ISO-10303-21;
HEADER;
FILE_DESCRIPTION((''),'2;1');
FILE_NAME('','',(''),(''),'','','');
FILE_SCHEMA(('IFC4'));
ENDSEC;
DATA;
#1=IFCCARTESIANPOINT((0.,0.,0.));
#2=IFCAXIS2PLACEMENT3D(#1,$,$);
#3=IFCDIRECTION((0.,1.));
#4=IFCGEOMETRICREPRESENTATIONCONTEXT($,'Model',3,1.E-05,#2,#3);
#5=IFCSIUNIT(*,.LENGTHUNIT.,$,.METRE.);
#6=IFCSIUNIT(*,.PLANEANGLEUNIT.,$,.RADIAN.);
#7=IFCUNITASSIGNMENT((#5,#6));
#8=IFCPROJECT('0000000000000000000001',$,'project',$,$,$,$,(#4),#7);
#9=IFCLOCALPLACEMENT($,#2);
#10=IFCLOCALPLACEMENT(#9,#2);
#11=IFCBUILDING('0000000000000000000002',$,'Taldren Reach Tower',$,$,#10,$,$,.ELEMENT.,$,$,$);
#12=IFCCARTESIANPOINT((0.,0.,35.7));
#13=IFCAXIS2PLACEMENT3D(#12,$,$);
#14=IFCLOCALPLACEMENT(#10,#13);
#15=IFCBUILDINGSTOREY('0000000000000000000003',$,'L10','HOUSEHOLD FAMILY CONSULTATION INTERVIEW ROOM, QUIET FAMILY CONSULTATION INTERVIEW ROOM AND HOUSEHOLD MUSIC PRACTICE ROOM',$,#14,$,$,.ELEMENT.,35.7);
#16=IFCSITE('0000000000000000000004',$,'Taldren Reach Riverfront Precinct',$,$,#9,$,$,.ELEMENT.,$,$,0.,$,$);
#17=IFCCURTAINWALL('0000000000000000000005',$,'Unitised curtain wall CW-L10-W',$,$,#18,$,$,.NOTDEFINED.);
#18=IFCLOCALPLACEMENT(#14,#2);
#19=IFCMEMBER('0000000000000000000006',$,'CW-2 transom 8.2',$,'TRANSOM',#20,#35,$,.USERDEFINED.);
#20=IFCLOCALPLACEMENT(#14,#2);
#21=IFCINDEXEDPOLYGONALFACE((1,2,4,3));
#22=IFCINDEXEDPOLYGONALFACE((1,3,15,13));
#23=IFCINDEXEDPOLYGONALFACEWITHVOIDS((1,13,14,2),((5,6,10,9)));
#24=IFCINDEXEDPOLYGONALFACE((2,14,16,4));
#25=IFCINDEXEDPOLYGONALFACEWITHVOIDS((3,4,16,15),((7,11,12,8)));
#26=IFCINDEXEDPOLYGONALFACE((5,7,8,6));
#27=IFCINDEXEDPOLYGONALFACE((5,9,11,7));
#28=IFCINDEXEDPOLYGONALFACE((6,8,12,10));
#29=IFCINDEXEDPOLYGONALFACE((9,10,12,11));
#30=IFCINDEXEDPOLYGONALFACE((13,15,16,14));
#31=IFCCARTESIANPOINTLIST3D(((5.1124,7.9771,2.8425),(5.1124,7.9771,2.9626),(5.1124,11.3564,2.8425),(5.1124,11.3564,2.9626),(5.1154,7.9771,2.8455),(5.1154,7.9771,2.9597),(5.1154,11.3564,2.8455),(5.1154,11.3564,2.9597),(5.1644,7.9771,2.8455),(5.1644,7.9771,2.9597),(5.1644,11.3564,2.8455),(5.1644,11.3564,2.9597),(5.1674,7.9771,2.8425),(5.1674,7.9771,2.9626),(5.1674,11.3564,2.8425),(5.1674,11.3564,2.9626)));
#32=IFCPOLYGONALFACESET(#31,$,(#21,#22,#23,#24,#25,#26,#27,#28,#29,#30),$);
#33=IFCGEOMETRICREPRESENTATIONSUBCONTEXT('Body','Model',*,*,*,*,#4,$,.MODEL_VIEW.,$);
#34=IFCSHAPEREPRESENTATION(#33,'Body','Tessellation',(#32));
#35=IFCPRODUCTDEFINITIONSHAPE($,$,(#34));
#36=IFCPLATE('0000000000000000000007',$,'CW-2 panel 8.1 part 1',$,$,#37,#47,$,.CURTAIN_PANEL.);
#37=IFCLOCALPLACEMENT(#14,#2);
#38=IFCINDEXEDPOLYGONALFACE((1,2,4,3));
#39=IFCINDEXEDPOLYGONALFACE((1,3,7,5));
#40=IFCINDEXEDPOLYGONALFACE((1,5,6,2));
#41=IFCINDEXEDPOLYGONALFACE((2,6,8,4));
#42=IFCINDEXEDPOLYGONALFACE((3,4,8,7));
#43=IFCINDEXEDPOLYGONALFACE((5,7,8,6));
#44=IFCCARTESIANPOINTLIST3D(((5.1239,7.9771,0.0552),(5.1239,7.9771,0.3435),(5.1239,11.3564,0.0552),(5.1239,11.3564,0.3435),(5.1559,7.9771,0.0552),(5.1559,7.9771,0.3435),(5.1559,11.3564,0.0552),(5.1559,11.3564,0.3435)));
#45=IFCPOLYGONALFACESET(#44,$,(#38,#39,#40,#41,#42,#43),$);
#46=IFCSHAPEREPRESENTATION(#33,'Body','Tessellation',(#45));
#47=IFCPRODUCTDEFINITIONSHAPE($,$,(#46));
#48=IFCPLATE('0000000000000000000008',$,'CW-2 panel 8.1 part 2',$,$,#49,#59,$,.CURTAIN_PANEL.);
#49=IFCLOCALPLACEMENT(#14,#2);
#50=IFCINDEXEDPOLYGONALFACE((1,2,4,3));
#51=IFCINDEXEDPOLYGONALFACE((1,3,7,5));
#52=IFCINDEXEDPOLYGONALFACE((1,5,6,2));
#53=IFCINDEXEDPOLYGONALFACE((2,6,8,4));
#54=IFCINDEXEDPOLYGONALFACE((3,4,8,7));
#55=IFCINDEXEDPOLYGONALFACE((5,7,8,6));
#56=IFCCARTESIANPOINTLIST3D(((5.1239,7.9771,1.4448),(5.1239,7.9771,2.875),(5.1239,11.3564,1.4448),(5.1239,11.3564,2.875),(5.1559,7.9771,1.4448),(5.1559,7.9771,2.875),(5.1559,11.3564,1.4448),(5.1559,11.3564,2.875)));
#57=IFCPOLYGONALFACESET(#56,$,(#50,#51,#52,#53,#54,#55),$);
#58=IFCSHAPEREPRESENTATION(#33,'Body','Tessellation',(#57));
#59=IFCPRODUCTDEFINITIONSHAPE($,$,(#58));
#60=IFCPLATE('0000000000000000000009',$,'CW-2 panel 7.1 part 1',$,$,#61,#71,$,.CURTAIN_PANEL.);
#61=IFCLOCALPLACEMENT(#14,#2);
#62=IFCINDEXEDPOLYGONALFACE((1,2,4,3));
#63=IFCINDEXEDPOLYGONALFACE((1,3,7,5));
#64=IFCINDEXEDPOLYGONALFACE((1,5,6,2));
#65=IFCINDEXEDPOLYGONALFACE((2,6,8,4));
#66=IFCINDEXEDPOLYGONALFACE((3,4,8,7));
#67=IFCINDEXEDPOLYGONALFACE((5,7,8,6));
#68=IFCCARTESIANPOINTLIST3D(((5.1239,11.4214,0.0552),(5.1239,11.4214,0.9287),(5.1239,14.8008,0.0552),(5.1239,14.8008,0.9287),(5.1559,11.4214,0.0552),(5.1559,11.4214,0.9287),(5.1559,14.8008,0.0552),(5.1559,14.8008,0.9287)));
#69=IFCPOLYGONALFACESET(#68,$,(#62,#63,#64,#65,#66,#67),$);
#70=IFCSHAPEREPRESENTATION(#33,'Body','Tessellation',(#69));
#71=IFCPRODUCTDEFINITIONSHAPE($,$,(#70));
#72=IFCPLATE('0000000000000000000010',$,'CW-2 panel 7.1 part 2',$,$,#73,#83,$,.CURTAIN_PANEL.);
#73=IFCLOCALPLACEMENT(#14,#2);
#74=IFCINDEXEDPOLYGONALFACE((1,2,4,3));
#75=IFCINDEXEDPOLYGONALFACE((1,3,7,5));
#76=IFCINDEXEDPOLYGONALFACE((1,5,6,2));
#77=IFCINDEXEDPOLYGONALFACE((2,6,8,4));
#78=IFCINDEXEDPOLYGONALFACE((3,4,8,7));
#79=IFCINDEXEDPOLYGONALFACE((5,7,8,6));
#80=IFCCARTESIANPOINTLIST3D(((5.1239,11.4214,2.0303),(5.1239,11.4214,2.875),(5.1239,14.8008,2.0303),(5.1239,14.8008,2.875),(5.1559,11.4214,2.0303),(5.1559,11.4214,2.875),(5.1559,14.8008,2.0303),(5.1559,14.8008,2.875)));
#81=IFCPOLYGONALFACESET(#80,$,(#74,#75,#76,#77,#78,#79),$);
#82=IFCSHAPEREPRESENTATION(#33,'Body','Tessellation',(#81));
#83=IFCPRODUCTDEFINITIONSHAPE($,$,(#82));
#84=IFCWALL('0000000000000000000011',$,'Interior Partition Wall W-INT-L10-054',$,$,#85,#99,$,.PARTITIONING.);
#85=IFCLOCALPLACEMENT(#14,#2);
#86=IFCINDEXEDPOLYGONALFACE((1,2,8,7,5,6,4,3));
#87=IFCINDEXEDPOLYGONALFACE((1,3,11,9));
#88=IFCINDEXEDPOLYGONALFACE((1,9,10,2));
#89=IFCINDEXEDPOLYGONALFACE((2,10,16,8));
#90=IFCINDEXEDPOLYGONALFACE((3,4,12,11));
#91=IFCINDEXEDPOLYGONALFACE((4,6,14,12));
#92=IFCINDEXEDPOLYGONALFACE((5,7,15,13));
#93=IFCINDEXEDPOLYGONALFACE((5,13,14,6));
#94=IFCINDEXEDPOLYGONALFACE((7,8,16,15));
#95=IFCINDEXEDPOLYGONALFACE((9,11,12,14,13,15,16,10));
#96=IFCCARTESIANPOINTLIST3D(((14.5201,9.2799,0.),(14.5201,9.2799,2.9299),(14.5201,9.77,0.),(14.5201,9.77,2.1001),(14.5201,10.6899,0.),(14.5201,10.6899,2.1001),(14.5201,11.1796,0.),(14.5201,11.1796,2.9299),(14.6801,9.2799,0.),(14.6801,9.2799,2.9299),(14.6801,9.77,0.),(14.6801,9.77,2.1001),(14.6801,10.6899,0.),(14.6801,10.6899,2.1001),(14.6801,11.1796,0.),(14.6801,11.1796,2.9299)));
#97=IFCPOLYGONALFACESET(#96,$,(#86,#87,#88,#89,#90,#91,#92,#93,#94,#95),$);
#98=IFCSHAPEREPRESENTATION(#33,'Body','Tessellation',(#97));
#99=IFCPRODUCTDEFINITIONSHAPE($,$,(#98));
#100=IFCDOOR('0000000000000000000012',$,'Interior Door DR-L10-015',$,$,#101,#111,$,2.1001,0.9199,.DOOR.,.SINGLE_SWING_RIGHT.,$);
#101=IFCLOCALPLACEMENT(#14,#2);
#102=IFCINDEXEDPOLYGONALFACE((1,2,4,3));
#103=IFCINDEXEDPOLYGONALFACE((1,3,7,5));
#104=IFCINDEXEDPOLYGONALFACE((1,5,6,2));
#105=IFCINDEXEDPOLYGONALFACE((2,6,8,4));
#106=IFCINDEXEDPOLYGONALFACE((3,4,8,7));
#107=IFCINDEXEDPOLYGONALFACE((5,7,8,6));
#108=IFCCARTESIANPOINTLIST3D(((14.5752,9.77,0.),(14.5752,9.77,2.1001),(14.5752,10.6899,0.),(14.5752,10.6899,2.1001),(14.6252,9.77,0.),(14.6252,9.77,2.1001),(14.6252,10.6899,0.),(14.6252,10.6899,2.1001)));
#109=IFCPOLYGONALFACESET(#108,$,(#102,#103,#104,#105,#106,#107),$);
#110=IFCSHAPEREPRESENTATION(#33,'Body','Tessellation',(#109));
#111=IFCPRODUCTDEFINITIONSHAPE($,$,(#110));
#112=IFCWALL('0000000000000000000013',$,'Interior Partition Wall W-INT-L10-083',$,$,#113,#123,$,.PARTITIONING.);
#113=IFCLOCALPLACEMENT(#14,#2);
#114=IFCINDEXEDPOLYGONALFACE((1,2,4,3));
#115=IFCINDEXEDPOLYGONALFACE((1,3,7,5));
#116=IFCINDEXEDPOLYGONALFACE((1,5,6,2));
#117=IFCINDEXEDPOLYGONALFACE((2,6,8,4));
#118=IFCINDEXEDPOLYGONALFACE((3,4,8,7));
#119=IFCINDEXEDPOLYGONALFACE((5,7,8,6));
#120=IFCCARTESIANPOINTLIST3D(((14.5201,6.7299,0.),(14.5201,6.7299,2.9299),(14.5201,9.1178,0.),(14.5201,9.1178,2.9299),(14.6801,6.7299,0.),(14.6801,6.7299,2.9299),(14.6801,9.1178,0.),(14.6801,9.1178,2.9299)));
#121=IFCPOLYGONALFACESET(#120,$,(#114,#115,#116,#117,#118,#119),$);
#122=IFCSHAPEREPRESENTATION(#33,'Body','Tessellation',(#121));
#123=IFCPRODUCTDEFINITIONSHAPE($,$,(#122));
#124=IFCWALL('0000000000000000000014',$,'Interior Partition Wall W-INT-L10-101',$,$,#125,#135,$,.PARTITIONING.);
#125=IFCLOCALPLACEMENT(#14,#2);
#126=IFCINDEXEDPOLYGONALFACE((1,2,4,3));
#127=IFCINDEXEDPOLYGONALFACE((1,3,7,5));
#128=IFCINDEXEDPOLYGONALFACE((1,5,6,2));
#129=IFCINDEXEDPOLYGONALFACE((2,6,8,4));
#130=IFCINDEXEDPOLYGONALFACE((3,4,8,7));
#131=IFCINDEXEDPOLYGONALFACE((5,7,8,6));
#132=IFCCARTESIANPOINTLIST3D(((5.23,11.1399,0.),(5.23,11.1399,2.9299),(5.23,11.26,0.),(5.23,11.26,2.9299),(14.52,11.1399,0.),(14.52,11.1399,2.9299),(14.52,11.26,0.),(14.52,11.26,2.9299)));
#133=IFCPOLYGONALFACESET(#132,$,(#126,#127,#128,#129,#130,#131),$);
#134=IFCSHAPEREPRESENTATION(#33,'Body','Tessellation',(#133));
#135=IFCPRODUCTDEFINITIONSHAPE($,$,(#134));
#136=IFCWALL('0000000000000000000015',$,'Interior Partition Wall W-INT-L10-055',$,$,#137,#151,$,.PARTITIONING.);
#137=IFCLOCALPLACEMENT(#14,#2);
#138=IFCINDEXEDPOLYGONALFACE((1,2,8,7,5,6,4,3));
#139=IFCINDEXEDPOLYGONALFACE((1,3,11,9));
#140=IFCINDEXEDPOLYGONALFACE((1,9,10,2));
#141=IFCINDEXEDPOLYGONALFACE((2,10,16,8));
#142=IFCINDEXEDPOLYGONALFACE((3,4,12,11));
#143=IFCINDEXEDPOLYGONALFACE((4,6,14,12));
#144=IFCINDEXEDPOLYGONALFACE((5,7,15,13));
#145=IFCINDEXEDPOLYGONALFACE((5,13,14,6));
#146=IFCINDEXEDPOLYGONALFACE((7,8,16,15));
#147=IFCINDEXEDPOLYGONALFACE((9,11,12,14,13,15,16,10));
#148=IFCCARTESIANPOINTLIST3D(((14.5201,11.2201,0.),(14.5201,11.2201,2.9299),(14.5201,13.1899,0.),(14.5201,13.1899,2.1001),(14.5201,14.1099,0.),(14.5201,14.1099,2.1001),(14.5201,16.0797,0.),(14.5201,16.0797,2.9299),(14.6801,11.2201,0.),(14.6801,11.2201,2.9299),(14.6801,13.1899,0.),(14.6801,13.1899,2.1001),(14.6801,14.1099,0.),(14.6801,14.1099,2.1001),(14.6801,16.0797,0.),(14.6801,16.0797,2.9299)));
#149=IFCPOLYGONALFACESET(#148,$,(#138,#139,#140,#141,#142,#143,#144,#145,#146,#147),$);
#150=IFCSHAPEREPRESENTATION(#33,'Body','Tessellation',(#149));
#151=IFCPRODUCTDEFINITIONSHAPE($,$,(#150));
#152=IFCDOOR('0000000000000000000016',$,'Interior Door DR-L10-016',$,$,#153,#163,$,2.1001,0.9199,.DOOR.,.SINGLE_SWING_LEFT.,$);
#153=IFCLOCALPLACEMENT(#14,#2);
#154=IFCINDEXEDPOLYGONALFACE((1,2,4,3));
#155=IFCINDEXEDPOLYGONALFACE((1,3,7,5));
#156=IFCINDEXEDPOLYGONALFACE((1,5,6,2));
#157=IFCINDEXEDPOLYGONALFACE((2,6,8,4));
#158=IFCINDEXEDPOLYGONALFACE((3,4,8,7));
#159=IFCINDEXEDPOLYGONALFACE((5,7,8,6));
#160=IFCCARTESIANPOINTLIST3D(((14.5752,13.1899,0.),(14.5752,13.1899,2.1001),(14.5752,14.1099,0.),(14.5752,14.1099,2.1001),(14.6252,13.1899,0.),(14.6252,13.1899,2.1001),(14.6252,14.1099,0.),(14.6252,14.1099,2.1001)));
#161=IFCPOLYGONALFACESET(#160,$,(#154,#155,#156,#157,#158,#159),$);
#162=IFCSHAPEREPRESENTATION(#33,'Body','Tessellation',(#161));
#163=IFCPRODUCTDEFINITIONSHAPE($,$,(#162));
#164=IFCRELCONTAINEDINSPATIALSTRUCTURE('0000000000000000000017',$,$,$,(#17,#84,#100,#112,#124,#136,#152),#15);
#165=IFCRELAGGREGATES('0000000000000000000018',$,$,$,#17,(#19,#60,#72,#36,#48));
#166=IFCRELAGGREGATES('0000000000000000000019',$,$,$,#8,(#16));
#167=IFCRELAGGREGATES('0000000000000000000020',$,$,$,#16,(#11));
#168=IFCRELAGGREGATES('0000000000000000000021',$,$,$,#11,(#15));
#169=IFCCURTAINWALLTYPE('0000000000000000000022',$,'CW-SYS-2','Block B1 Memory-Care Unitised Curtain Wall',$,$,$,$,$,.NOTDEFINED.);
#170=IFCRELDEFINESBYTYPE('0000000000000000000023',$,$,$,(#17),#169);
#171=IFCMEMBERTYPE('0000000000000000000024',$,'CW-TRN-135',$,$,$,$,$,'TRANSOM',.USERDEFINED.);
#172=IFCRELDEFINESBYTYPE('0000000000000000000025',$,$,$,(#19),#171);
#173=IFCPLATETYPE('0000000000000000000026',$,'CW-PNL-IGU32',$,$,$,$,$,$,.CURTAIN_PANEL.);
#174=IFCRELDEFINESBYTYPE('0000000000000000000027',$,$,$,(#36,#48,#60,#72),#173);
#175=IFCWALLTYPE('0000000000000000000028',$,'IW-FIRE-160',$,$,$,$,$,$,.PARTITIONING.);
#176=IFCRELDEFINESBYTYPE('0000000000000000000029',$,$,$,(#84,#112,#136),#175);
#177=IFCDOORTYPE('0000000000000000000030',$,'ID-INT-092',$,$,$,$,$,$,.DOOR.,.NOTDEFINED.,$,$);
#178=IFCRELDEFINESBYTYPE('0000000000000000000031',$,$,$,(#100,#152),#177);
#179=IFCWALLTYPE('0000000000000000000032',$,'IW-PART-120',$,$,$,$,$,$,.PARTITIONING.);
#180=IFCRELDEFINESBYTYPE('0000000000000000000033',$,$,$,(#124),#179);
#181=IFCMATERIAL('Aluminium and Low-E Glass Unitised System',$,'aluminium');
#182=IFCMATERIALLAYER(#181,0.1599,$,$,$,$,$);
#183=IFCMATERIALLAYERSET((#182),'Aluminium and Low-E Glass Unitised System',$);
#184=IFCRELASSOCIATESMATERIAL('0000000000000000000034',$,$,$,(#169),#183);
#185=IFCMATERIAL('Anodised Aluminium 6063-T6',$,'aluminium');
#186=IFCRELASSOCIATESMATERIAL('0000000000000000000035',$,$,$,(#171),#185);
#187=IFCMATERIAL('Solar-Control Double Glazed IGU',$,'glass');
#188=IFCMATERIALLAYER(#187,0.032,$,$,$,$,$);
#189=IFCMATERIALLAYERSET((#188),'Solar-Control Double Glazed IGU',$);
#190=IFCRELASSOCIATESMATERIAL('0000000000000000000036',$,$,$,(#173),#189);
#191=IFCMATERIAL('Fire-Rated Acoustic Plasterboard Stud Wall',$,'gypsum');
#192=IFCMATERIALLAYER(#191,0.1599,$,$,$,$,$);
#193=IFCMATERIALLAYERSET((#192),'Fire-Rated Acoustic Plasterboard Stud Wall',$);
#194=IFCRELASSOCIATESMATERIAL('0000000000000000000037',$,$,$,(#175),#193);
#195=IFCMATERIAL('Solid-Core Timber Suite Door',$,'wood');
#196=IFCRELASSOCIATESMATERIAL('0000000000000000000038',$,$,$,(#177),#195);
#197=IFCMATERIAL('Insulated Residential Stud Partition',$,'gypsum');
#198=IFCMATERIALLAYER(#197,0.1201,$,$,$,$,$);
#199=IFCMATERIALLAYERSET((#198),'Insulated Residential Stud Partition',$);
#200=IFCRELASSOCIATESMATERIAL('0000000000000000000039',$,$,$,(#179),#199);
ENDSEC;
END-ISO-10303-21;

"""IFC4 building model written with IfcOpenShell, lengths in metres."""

from ifc_helpers import new_model, si_unit, direction, frame, frame_2d, origin, origin_2d, place, context, subcontext, project, spatial, rectangle, hollow_rectangle, extrude, source, transform, mapped, material, layer, layer_set, material_profile, profile_set, type_object, element, fill, aggregate, save


model = new_model("IFC4")

# Units and contexts
model_context = context("Model", 3, precision=1e-05, world=origin(), true_north=direction((0.0, 1.0)))
body_context = subcontext(model_context, "Body", "Model", "MODEL_VIEW")
ifc_project = project(units=[si_unit("LENGTHUNIT", "METRE"), si_unit("PLANEANGLEUNIT", "RADIAN")], contexts=[model_context])

# Site, building, storey
site_placement = place(None, origin())
site = spatial("IfcSite", under=ifc_project, at=site_placement, Name="Taldren Reach Riverfront Precinct", CompositionType="ELEMENT", RefElevation=0.0)
building_placement = place(site_placement, origin())
building = spatial("IfcBuilding", under=site, at=building_placement, Name="Taldren Reach Tower", CompositionType="ELEMENT")
storey_placement = place(building_placement, frame((0.0, 0.0, 35.7)))
storey = spatial("IfcBuildingStorey", under=building, at=storey_placement, Name="L10", Description="HOUSEHOLD FAMILY CONSULTATION INTERVIEW ROOM, QUIET FAMILY CONSULTATION INTERVIEW ROOM AND HOUSEHOLD MUSIC PRACTICE ROOM", CompositionType="ELEMENT", Elevation=35.7)

# Curtain wall, member, plates
ifc_material_1 = material(Name="Aluminium and Low-E Glass Unitised System", Category="aluminium")
ifc_layer_1 = layer(ifc_material_1, 0.1599)
ifc_layer_set_1 = layer_set([ifc_layer_1], Name="Aluminium and Low-E Glass Unitised System")
curtain_wall_type = type_object("IfcCurtainWallType", Name="CW-SYS-2", Description="Block B1 Memory-Care Unitised Curtain Wall", PredefinedType="NOTDEFINED", material=ifc_layer_set_1)
curtain_wall_placement = place(storey_placement, origin())
curtain_wall = element("IfcCurtainWall", 1, at=curtain_wall_placement, inside=storey, type_object=curtain_wall_type, Name="Unitised curtain wall CW-L10-W", PredefinedType="NOTDEFINED")
ifc_material_2 = material(Name="Anodised Aluminium 6063-T6", Category="aluminium")
ifc_material_profile_1 = material_profile(ifc_material_2, hollow_rectangle(XDim=0.0549, YDim=0.1201, WallThickness=0.0029, at=origin_2d()), Name="ALU-120x55x3RHS")
ifc_profile_set_1 = profile_set([ifc_material_profile_1], Name="Anodised Aluminium 6063-T6")
member_type_1 = type_object("IfcMemberType", Name="CW-TRN-135", ElementType="TRANSOM", PredefinedType="USERDEFINED", material=ifc_profile_set_1)
shared_shape_1 = source(origin(), body_context, "Body", "SweptSolid", [
    extrude(hollow_rectangle(XDim=0.0549, YDim=0.1201, WallThickness=0.0029, at=origin_2d()), origin(), (0.0, 0.0, 1.0), 3.3794),
])
member_1_placement = place(storey_placement, frame((5.1399, 11.3564, 2.9026), z_axis=(0.0, -1.0, 0.0), x_axis=(1.0, 0.0, 0.0)))
member_1 = element("IfcMember", 2, at=member_1_placement, type_object=member_type_1, Name="CW-2 transom 8.2", ObjectType="TRANSOM", PredefinedType="USERDEFINED", context=body_context, shape_type="MappedRepresentation", body=[
    mapped(shared_shape_1, transform((0.0, 0.0, 0.0), scale=1.0)),
])
ifc_material_3 = material(Name="Solar-Control Double Glazed IGU", Category="glass")
ifc_layer_2 = layer(ifc_material_3, 0.032)
ifc_layer_set_2 = layer_set([ifc_layer_2], Name="Solar-Control Double Glazed IGU")
plate_type = type_object("IfcPlateType", Name="CW-PNL-IGU32", PredefinedType="CURTAIN_PANEL", material=ifc_layer_set_2)
shared_shape_2 = source(origin(), body_context, "Body", "SweptSolid", [
    extrude(rectangle(XDim=3.3794, YDim=0.032, at=origin_2d()), origin(), (0.0, 0.0, 1.0), 0.2883),
])
plate_1_placement = place(storey_placement, frame((5.1399, 9.6667, 0.0552), z_axis=(0.0, 0.0, 1.0), x_axis=(0.0, -1.0, 0.0)))
plate_1 = element("IfcPlate", 3, at=plate_1_placement, type_object=plate_type, Name="CW-2 panel 8.1 part 1", PredefinedType="CURTAIN_PANEL", context=body_context, shape_type="MappedRepresentation", body=[
    mapped(shared_shape_2, transform((0.0, 0.0, 0.0), scale=1.0)),
])
shared_shape_3 = source(origin(), body_context, "Body", "SweptSolid", [
    extrude(rectangle(XDim=3.3794, YDim=0.032, at=origin_2d()), origin(), (0.0, 0.0, 1.0), 1.4302),
])
plate_2_placement = place(storey_placement, frame((5.1399, 9.6667, 1.4448), z_axis=(0.0, 0.0, 1.0), x_axis=(0.0, -1.0, 0.0)))
plate_2 = element("IfcPlate", 4, at=plate_2_placement, type_object=plate_type, Name="CW-2 panel 8.1 part 2", PredefinedType="CURTAIN_PANEL", context=body_context, shape_type="MappedRepresentation", body=[
    mapped(shared_shape_3, transform((0.0, 0.0, 0.0), scale=1.0)),
])
shared_shape_4 = source(origin(), body_context, "Body", "SweptSolid", [
    extrude(rectangle(XDim=3.3794, YDim=0.032, at=origin_2d()), origin(), (0.0, 0.0, 1.0), 0.8735),
])
plate_3_placement = place(storey_placement, frame((5.1399, 13.1111, 0.0552), z_axis=(0.0, 0.0, 1.0), x_axis=(0.0, -1.0, 0.0)))
plate_3 = element("IfcPlate", 5, at=plate_3_placement, type_object=plate_type, Name="CW-2 panel 7.1 part 1", PredefinedType="CURTAIN_PANEL", context=body_context, shape_type="MappedRepresentation", body=[
    mapped(shared_shape_4, transform((0.0, 0.0, 0.0), scale=1.0)),
])
shared_shape_5 = source(origin(), body_context, "Body", "SweptSolid", [
    extrude(rectangle(XDim=3.3794, YDim=0.032, at=origin_2d()), origin(), (0.0, 0.0, 1.0), 0.8447),
])
plate_4_placement = place(storey_placement, frame((5.1399, 13.1111, 2.0303), z_axis=(0.0, 0.0, 1.0), x_axis=(0.0, -1.0, 0.0)))
plate_4 = element("IfcPlate", 6, at=plate_4_placement, type_object=plate_type, Name="CW-2 panel 7.1 part 2", PredefinedType="CURTAIN_PANEL", context=body_context, shape_type="MappedRepresentation", body=[
    mapped(shared_shape_5, transform((0.0, 0.0, 0.0), scale=1.0)),
])
aggregate(curtain_wall, [member_1, plate_3, plate_4, plate_1, plate_2])

# Wall, opening, door
ifc_material_4 = material(Name="Fire-Rated Acoustic Plasterboard Stud Wall", Category="gypsum")
ifc_layer_3 = layer(ifc_material_4, 0.1599)
ifc_layer_set_3 = layer_set([ifc_layer_3], Name="Fire-Rated Acoustic Plasterboard Stud Wall")
wall_type_1 = type_object("IfcWallType", Name="IW-FIRE-160", PredefinedType="PARTITIONING", material=ifc_layer_set_3)
shared_shape_6 = source(origin(), body_context, "Body", "SweptSolid", [
    extrude(rectangle(XDim=1.8997, YDim=0.1599, at=frame_2d((0.9497, 0.0))), origin(), (0.0, 0.0, 1.0), 2.9299),
])
wall_1_placement = place(storey_placement, frame((14.6001, 9.28, 0.0), z_axis=(0.0, 0.0, 1.0), x_axis=(0.0, 1.0, 0.0)))
wall_1 = element("IfcWall", 7, at=wall_1_placement, inside=storey, type_object=wall_type_1, Name="Interior Partition Wall W-INT-L10-054", PredefinedType="PARTITIONING", context=body_context, shape_type="MappedRepresentation", body=[
    mapped(shared_shape_6, transform((0.0, 0.0, 0.0), scale=1.0)),
])
shared_shape_7 = source(origin(), body_context, "Body", "SweptSolid", [
    extrude(rectangle(XDim=0.9199, YDim=2.1001, at=frame_2d((0.46, 1.05))), frame((0.0, 0.0898, 0.0), z_axis=(0.0, -1.0, 0.0), x_axis=(1.0, 0.0, 0.0)), (0.0, 0.0, 1.0), 0.1799),
])
opening_1_placement = place(wall_1_placement, frame((0.49, 0.0, 0.0)))
opening_1 = element("IfcOpeningElement", 8, at=opening_1_placement, cuts=wall_1, PredefinedType="OPENING", context=body_context, shape_type="MappedRepresentation", body=[
    mapped(shared_shape_7, transform((0.0, 0.0, 0.0), scale=1.0)),
])
ifc_material_5 = material(Name="Solid-Core Timber Suite Door", Category="wood")
door_type = type_object("IfcDoorType", Name="ID-INT-092", OperationType="NOTDEFINED", PredefinedType="DOOR", material=ifc_material_5)
shared_shape_8 = source(origin(), body_context, "Body", "SweptSolid", [
    extrude(rectangle(XDim=0.9199, YDim=2.1001, at=frame_2d((0.46, 1.05))), frame((0.0, 0.0249, 0.0), z_axis=(0.0, -1.0, 0.0), x_axis=(1.0, 0.0, 0.0)), (0.0, 0.0, 1.0), 0.05),
])
door_1_placement = place(opening_1_placement, origin())
door_1 = element("IfcDoor", 9, at=door_1_placement, inside=storey, type_object=door_type, Name="Interior Door DR-L10-015", OperationType="SINGLE_SWING_RIGHT", OverallHeight=2.1001, OverallWidth=0.9199, PredefinedType="DOOR", context=body_context, shape_type="MappedRepresentation", body=[
    mapped(shared_shape_8, transform((0.0, 0.0, 0.0), scale=1.0)),
])
fill(opening_1, door_1)

# Walls
shared_shape_9 = source(origin(), body_context, "Body", "SweptSolid", [
    extrude(rectangle(XDim=2.3879, YDim=0.1599, at=frame_2d((1.1938, 0.0))), origin(), (0.0, 0.0, 1.0), 2.9299),
])
wall_2_placement = place(storey_placement, frame((14.6001, 6.73, 0.0), z_axis=(0.0, 0.0, 1.0), x_axis=(0.0, 1.0, 0.0)))
element("IfcWall", 10, at=wall_2_placement, inside=storey, type_object=wall_type_1, Name="Interior Partition Wall W-INT-L10-083", PredefinedType="PARTITIONING", context=body_context, shape_type="MappedRepresentation", body=[
    mapped(shared_shape_9, transform((0.0, 0.0, 0.0), scale=1.0)),
])
ifc_material_6 = material(Name="Insulated Residential Stud Partition", Category="gypsum")
ifc_layer_4 = layer(ifc_material_6, 0.1201)
ifc_layer_set_4 = layer_set([ifc_layer_4], Name="Insulated Residential Stud Partition")
wall_type_2 = type_object("IfcWallType", Name="IW-PART-120", PredefinedType="PARTITIONING", material=ifc_layer_set_4)
shared_shape_10 = source(origin(), body_context, "Body", "SweptSolid", [
    extrude(rectangle(XDim=9.29, YDim=0.1201, at=frame_2d((4.645, 0.0))), origin(), (0.0, 0.0, 1.0), 2.9299),
])
wall_3_placement = place(storey_placement, frame((5.23, 11.2, 0.0), z_axis=(0.0, 0.0, 1.0), x_axis=(1.0, 0.0, 0.0)))
element("IfcWall", 11, at=wall_3_placement, inside=storey, type_object=wall_type_2, Name="Interior Partition Wall W-INT-L10-101", PredefinedType="PARTITIONING", context=body_context, shape_type="MappedRepresentation", body=[
    mapped(shared_shape_10, transform((0.0, 0.0, 0.0), scale=1.0)),
])

# Wall, opening, door
shared_shape_11 = source(origin(), body_context, "Body", "SweptSolid", [
    extrude(rectangle(XDim=4.8596, YDim=0.1599, at=frame_2d((2.4297, 0.0))), origin(), (0.0, 0.0, 1.0), 2.9299),
])
wall_4_placement = place(storey_placement, frame((14.6001, 11.2202, 0.0), z_axis=(0.0, 0.0, 1.0), x_axis=(0.0, 1.0, 0.0)))
wall_4 = element("IfcWall", 12, at=wall_4_placement, inside=storey, type_object=wall_type_1, Name="Interior Partition Wall W-INT-L10-055", PredefinedType="PARTITIONING", context=body_context, shape_type="MappedRepresentation", body=[
    mapped(shared_shape_11, transform((0.0, 0.0, 0.0), scale=1.0)),
])
opening_2_placement = place(wall_4_placement, frame((1.9697, 0.0, 0.0)))
opening_2 = element("IfcOpeningElement", 13, at=opening_2_placement, cuts=wall_4, PredefinedType="OPENING", context=body_context, shape_type="MappedRepresentation", body=[
    mapped(shared_shape_7, transform((0.0, 0.0, 0.0), scale=1.0)),
])
door_2_placement = place(opening_2_placement, origin())
door_2 = element("IfcDoor", 14, at=door_2_placement, inside=storey, type_object=door_type, Name="Interior Door DR-L10-016", OperationType="SINGLE_SWING_LEFT", OverallHeight=2.1001, OverallWidth=0.9199, PredefinedType="DOOR", context=body_context, shape_type="MappedRepresentation", body=[
    mapped(shared_shape_8, transform((0.0, 0.0, 0.0), scale=1.0)),
])
fill(opening_2, door_2)

save(model, "model.ifc")
